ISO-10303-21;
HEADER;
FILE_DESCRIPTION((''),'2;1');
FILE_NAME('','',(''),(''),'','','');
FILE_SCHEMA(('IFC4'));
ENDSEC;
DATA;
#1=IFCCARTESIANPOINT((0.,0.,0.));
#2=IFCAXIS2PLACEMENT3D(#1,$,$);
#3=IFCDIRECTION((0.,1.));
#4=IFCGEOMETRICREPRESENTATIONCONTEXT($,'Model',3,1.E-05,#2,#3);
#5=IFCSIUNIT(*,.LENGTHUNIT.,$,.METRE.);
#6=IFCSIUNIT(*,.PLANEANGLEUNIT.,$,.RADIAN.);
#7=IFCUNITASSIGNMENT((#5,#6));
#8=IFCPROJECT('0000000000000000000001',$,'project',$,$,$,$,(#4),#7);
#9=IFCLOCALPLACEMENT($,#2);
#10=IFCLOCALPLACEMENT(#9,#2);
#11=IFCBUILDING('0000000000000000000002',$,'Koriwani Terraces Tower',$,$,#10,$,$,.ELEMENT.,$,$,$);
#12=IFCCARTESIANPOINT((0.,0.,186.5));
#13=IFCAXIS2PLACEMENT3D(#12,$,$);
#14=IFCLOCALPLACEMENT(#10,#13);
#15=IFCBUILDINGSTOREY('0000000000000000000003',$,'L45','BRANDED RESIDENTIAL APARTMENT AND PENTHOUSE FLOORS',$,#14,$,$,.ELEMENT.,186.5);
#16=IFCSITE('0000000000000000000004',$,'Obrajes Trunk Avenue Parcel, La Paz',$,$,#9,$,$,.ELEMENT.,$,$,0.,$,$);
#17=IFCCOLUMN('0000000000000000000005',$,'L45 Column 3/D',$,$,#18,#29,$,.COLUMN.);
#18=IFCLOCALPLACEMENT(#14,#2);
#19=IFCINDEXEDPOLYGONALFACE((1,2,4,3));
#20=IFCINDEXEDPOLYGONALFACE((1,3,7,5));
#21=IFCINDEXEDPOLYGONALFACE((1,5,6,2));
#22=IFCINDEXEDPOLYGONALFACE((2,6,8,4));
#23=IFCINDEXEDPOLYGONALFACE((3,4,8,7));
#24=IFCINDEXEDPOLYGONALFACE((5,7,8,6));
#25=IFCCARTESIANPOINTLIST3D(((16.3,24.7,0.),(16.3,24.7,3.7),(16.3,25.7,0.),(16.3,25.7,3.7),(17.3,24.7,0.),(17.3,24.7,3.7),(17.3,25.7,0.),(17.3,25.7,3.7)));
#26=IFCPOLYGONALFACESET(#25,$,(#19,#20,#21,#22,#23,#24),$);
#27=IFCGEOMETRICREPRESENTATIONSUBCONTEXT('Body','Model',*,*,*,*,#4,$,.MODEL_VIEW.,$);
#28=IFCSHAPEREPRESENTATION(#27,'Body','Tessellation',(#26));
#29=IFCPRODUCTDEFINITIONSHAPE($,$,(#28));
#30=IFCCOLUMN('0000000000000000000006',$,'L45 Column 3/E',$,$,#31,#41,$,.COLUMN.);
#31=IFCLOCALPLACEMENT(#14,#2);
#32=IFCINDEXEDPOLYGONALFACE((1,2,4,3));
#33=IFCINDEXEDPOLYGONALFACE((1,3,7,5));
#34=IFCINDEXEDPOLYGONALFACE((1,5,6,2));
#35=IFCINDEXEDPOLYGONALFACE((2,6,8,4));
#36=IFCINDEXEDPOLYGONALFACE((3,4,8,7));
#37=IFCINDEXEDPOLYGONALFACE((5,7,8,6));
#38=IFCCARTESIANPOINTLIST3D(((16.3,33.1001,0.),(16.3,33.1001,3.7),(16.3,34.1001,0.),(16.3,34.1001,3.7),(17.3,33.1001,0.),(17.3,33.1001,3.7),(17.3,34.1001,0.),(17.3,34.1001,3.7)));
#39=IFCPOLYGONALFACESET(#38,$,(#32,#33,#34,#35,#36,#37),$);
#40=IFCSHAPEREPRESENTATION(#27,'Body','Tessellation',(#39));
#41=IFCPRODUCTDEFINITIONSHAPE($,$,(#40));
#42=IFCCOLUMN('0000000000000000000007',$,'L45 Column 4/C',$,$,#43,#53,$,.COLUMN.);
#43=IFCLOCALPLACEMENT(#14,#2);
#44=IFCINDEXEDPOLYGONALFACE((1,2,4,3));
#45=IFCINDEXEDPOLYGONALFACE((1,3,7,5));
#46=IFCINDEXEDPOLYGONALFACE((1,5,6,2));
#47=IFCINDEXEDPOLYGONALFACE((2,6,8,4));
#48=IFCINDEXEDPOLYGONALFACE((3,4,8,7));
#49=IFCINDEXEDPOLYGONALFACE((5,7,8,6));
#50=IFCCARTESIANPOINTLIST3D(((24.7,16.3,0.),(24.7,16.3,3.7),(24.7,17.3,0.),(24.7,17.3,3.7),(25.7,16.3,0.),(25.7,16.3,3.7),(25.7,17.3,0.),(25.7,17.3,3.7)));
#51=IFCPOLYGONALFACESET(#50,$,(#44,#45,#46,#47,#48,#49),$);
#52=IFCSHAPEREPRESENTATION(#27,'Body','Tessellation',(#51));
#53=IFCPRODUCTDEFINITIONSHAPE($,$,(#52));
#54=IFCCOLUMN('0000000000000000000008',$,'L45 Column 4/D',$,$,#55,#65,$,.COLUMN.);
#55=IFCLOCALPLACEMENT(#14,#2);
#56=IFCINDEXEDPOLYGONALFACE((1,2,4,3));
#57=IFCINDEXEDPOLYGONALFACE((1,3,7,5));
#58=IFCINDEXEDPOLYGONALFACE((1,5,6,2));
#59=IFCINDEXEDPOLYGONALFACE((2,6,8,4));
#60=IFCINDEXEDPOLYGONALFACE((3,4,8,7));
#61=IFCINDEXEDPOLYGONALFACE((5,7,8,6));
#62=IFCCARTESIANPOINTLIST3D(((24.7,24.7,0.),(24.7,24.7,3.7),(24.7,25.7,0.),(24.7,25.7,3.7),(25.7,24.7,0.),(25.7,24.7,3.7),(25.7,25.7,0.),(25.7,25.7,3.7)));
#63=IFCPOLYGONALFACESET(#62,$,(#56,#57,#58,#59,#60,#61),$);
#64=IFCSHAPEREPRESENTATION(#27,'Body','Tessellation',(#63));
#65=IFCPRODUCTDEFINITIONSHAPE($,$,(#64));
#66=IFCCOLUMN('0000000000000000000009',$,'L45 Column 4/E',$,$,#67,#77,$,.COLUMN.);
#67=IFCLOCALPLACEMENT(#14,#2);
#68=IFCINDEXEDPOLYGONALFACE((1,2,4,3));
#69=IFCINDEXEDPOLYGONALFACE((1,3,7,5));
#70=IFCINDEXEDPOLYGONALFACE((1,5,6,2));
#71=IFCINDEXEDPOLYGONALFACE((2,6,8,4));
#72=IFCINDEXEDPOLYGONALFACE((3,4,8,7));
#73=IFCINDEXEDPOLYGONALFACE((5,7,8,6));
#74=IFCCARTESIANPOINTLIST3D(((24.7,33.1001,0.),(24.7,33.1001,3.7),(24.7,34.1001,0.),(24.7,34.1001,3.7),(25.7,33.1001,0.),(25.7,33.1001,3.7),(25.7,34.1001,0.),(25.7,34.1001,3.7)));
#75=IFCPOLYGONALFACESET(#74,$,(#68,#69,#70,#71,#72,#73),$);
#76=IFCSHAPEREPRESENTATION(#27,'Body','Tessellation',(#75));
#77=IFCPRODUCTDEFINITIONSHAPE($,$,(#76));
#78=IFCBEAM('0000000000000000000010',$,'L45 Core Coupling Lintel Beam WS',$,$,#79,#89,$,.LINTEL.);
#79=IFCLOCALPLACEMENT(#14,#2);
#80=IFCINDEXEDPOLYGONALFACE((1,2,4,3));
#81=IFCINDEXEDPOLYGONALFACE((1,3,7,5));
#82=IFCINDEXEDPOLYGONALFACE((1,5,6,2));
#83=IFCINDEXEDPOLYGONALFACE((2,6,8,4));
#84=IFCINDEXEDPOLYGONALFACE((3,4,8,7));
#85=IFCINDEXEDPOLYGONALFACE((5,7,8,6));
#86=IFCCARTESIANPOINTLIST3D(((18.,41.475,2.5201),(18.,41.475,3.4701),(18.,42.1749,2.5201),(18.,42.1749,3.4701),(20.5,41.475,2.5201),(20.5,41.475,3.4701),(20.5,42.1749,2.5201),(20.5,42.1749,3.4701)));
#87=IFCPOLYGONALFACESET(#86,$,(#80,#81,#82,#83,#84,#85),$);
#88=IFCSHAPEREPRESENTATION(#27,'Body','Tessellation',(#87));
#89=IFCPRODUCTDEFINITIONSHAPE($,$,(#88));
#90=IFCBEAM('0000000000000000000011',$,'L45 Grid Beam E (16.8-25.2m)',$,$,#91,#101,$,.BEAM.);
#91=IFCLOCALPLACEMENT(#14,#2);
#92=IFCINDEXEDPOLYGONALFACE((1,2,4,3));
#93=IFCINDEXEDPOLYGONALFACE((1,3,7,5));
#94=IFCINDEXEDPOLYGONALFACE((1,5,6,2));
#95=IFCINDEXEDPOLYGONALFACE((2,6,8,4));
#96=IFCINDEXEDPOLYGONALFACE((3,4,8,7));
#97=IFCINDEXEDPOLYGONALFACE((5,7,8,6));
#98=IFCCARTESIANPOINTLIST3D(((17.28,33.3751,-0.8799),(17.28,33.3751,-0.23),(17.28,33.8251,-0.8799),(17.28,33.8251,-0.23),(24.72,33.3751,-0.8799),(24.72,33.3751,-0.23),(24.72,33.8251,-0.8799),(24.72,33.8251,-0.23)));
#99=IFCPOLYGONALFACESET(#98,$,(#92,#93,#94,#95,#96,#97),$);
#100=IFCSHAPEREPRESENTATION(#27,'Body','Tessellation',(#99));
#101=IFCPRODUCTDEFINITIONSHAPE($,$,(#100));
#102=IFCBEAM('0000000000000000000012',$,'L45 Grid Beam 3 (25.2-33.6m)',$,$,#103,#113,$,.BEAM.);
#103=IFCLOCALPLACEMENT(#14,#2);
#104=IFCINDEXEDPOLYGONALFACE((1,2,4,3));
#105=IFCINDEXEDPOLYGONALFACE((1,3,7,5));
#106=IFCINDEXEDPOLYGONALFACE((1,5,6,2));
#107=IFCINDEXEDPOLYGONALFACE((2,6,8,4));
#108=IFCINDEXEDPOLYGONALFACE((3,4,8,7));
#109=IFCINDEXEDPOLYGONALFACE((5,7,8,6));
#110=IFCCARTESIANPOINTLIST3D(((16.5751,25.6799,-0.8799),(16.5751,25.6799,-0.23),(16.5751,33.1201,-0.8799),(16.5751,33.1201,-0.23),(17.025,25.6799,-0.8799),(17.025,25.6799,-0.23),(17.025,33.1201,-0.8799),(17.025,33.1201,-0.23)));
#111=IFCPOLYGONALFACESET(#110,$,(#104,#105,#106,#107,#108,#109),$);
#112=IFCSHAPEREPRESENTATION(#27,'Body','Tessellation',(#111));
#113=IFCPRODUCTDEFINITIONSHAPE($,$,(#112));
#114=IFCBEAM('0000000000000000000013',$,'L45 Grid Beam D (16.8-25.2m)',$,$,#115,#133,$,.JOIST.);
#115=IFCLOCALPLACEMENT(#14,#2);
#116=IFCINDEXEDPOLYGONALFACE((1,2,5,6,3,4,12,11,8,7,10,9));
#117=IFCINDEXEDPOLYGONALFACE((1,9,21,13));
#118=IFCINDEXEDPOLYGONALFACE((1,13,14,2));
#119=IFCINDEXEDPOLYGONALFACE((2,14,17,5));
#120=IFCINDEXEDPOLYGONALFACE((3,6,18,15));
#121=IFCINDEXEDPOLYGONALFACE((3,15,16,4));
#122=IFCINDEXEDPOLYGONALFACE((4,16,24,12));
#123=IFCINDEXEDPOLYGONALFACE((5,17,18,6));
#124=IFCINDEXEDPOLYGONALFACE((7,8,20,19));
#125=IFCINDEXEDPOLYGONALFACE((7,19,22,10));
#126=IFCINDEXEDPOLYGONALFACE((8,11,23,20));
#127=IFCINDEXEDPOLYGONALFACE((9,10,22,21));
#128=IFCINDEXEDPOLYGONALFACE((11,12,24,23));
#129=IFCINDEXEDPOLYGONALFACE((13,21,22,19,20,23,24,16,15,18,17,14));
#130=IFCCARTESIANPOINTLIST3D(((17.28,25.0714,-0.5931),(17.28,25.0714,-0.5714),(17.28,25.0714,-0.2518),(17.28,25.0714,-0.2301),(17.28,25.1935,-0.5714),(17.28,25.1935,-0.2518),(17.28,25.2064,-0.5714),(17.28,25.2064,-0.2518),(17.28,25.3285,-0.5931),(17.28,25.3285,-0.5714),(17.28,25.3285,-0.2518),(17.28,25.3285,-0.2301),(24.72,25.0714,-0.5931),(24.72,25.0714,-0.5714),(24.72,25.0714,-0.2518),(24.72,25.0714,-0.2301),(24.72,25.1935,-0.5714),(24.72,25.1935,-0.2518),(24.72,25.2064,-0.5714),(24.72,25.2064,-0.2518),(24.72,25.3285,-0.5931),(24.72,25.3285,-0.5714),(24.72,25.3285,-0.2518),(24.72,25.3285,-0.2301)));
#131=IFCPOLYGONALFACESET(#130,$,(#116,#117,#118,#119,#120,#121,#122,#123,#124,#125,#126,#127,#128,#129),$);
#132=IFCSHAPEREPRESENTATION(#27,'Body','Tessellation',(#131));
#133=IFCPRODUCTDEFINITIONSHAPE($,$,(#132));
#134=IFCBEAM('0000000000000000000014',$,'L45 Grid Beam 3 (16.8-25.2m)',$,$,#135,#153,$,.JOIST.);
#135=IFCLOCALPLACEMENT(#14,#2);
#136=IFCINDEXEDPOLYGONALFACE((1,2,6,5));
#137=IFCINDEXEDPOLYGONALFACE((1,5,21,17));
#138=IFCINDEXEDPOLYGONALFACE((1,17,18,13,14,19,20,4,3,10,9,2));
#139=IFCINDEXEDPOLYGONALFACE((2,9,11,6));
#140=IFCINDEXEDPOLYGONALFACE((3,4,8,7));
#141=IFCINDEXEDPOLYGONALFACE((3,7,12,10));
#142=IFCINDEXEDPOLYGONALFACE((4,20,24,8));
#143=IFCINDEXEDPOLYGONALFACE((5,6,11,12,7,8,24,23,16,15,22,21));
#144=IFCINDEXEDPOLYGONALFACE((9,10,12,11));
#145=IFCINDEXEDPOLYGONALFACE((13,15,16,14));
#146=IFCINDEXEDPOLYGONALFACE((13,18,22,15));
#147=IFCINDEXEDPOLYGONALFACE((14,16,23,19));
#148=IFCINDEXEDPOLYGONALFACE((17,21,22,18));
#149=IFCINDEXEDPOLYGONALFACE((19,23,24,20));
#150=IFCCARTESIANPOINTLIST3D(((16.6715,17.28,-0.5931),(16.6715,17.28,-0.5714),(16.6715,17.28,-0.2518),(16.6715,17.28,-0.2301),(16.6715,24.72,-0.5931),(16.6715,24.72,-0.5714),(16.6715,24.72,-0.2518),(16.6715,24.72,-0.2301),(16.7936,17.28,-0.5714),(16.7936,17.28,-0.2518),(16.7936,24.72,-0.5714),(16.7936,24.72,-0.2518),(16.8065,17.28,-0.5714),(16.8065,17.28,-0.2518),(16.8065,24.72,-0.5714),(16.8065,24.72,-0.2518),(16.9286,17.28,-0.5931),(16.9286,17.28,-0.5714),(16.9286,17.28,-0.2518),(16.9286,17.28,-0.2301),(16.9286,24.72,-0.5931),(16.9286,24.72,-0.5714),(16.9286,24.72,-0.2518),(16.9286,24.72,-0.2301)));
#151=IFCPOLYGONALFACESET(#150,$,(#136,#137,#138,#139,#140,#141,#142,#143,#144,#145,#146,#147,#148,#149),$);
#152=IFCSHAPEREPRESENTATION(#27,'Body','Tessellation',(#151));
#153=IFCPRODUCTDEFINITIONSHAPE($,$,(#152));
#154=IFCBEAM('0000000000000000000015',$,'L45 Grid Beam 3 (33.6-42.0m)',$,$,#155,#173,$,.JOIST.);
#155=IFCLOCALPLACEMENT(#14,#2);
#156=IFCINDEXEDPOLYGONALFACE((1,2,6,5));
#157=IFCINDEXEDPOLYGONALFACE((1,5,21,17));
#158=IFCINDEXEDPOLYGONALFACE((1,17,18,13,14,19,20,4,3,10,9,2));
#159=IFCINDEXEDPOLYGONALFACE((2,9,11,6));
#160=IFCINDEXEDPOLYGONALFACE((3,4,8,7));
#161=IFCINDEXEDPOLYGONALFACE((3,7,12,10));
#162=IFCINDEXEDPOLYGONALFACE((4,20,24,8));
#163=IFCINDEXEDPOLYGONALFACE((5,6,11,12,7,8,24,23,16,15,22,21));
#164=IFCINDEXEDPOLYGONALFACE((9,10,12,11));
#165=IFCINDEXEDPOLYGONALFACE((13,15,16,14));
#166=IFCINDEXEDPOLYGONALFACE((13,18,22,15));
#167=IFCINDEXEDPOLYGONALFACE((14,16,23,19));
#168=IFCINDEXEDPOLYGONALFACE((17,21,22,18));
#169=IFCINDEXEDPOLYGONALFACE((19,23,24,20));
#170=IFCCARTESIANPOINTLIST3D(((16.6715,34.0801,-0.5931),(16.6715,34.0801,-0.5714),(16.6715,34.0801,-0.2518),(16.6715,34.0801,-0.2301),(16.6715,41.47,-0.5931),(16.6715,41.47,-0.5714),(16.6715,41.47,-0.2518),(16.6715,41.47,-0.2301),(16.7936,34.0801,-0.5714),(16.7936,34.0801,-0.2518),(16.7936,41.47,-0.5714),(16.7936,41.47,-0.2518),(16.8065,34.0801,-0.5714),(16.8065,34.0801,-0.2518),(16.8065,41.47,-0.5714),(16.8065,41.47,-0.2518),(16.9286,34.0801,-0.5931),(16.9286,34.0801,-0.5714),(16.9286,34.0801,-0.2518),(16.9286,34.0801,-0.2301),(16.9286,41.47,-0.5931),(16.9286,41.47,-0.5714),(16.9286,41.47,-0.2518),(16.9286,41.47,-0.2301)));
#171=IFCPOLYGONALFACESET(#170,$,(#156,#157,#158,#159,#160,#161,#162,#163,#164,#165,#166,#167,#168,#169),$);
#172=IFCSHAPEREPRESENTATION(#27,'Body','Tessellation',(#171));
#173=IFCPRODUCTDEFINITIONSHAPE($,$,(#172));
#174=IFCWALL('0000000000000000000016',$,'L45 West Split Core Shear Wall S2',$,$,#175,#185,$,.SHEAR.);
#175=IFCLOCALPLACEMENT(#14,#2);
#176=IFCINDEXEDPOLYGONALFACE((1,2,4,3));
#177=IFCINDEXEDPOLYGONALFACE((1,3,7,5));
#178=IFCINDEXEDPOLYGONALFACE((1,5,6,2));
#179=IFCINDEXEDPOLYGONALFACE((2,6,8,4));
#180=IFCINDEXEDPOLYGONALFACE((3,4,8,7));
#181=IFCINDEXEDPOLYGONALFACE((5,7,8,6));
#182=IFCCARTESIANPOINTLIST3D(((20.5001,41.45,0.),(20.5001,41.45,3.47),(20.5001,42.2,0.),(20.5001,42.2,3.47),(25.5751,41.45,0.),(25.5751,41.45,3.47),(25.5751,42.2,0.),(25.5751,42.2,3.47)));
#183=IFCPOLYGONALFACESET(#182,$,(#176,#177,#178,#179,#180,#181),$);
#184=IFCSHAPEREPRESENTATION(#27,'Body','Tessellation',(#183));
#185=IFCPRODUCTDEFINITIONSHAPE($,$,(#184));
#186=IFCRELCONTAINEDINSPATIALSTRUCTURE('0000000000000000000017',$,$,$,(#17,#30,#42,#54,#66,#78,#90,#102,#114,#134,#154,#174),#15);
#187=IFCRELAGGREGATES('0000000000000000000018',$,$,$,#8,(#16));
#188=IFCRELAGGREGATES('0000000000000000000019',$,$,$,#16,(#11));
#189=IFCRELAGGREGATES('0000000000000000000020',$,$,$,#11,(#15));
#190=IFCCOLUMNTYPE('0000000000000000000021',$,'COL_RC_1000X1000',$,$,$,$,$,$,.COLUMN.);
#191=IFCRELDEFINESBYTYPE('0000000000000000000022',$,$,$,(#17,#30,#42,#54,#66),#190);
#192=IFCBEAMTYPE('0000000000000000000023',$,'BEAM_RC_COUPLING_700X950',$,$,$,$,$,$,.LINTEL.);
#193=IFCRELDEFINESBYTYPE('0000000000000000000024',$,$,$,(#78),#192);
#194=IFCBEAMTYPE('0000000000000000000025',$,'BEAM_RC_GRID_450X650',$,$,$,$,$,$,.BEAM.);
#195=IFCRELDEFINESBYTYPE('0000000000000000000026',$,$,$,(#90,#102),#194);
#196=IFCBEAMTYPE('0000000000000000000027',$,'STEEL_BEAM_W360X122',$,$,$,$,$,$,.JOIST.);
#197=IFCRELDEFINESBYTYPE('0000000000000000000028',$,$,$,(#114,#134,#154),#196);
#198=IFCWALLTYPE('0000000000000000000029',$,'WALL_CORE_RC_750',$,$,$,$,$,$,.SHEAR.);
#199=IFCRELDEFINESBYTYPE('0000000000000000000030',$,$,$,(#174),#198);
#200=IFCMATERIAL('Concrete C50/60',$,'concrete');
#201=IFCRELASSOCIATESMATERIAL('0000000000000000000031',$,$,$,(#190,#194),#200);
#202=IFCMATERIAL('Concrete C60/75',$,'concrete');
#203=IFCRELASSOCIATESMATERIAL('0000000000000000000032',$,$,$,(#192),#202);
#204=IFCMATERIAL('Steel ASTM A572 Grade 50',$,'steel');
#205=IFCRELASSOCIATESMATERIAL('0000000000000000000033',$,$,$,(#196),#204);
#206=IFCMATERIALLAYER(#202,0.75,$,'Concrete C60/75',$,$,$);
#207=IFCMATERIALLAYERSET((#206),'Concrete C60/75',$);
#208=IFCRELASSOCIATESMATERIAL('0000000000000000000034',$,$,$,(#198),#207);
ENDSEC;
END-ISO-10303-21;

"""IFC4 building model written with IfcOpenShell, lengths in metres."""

from ifc_helpers import new_model, si_unit, direction, frame, frame_2d, origin, origin_2d, place, context, subcontext, project, spatial, rectangle, i_section, extrude, material, layer, layer_set, material_profile, profile_set, type_object, element, save


model = new_model("IFC4")

# Units and contexts
model_context = context("Model", 3, precision=1e-05, world=origin(), true_north=direction((0.0, 1.0)))
body_context = subcontext(model_context, "Body", "Model", "MODEL_VIEW")
ifc_project = project(units=[si_unit("LENGTHUNIT", "METRE"), si_unit("PLANEANGLEUNIT", "RADIAN")], contexts=[model_context])

# Site, building, storey
site_placement = place(None, origin())
site = spatial("IfcSite", under=ifc_project, at=site_placement, Name="Obrajes Trunk Avenue Parcel, La Paz", CompositionType="ELEMENT", RefElevation=0.0)
building_placement = place(site_placement, origin())
building = spatial("IfcBuilding", under=site, at=building_placement, Name="Koriwani Terraces Tower", CompositionType="ELEMENT")
storey_placement = place(building_placement, frame((0.0, 0.0, 186.5)))
storey = spatial("IfcBuildingStorey", under=building, at=storey_placement, Name="L45", Description="BRANDED RESIDENTIAL APARTMENT AND PENTHOUSE FLOORS", CompositionType="ELEMENT", Elevation=186.5)

# Columns
ifc_material_1 = material(Name="Concrete C50/60", Category="concrete")
ifc_material_profile_1 = material_profile(ifc_material_1, rectangle(XDim=1.0, YDim=1.0, at=origin_2d()), Name="Concrete C50/60", Category="LoadBearing")
ifc_profile_set_1 = profile_set([ifc_material_profile_1], Name="Concrete C50/60")
column_type = type_object("IfcColumnType", Name="COL_RC_1000X1000", PredefinedType="COLUMN", material=ifc_profile_set_1)
for number, where, z_axis, x_axis, name in (
    (1, (16.8, 25.2, 0.0), (0.0, 0.0, 1.0), (1.0, 0.0, 0.0), "L45 Column 3/D"),
    (2, (16.8, 33.6001, 0.0), (0.0, 0.0, 1.0), (1.0, 0.0, 0.0), "L45 Column 3/E"),
    (3, (25.2, 16.8, 0.0), (0.0, 0.0, 1.0), (1.0, 0.0, 0.0), "L45 Column 4/C"),
    (4, (25.2, 25.2, 0.0), (0.0, 0.0, 1.0), (1.0, 0.0, 0.0), "L45 Column 4/D"),
    (5, (25.2, 33.6001, 0.0), (0.0, 0.0, 1.0), (1.0, 0.0, 0.0), "L45 Column 4/E"),
):
    element("IfcColumn", number, at=place(storey_placement, frame(where, z_axis=z_axis, x_axis=x_axis)), inside=storey, type_object=column_type, Name=name, PredefinedType="COLUMN", context=body_context, shape_type="SweptSolid", body=[
        extrude(rectangle(XDim=1.0, YDim=1.0, at=origin_2d()), origin(), (0.0, 0.0, 1.0), 3.7),
    ])

# Beams
ifc_material_2 = material(Name="Concrete C60/75", Category="concrete")
ifc_material_profile_2 = material_profile(ifc_material_2, rectangle(XDim=0.7, YDim=0.95, at=origin_2d()), Name="Concrete C60/75", Category="LoadBearing")
ifc_profile_set_2 = profile_set([ifc_material_profile_2], Name="Concrete C60/75")
beam_type_1 = type_object("IfcBeamType", Name="BEAM_RC_COUPLING_700X950", PredefinedType="LINTEL", material=ifc_profile_set_2)
beam_1_placement = place(storey_placement, frame((18.0, 41.825, 2.9951), z_axis=(1.0, 0.0, 0.0), x_axis=(0.0, 1.0, 0.0)))
element("IfcBeam", 6, at=beam_1_placement, inside=storey, type_object=beam_type_1, Name="L45 Core Coupling Lintel Beam WS", PredefinedType="LINTEL", context=body_context, shape_type="SweptSolid", body=[
    extrude(rectangle(XDim=0.7, YDim=0.95, at=origin_2d()), origin(), (0.0, 0.0, 1.0), 2.5),
])
ifc_material_profile_3 = material_profile(ifc_material_1, rectangle(XDim=0.45, YDim=0.6499, at=origin_2d()), Name="Concrete C50/60", Category="LoadBearing")
ifc_profile_set_3 = profile_set([ifc_material_profile_3], Name="Concrete C50/60")
beam_type_2 = type_object("IfcBeamType", Name="BEAM_RC_GRID_450X650", PredefinedType="BEAM", material=ifc_profile_set_3)
beam_2_placement = place(storey_placement, frame((17.28, 33.6001, -0.5549), z_axis=(1.0, 0.0, 0.0), x_axis=(0.0, 1.0, 0.0)))
element("IfcBeam", 7, at=beam_2_placement, inside=storey, type_object=beam_type_2, Name="L45 Grid Beam E (16.8-25.2m)", PredefinedType="BEAM", context=body_context, shape_type="SweptSolid", body=[
    extrude(rectangle(XDim=0.45, YDim=0.6499, at=origin_2d()), origin(), (0.0, 0.0, 1.0), 7.4399),
])
beam_3_placement = place(storey_placement, frame((16.8, 25.6799, -0.5549), z_axis=(0.0, 1.0, 0.0), x_axis=(-1.0, 0.0, 0.0)))
element("IfcBeam", 8, at=beam_3_placement, inside=storey, type_object=beam_type_2, Name="L45 Grid Beam 3 (25.2-33.6m)", PredefinedType="BEAM", context=body_context, shape_type="SweptSolid", body=[
    extrude(rectangle(XDim=0.45, YDim=0.6499, at=origin_2d()), origin(), (0.0, 0.0, 1.0), 7.4402),
])
ifc_material_3 = material(Name="Steel ASTM A572 Grade 50", Category="steel")
ifc_material_profile_4 = material_profile(ifc_material_3, i_section(OverallWidth=0.2571, OverallDepth=0.363, WebThickness=0.0129, FlangeThickness=0.0217, at=origin_2d()), Name="Steel ASTM A572 Grade 50", Category="LoadBearing")
ifc_profile_set_4 = profile_set([ifc_material_profile_4], Name="Steel ASTM A572 Grade 50")
beam_type_3 = type_object("IfcBeamType", Name="STEEL_BEAM_W360X122", PredefinedType="JOIST", material=ifc_profile_set_4)
for number, where, z_axis, x_axis, name in (
    (9, (17.28, 25.2, -0.4116), (1.0, 0.0, 0.0), (0.0, 1.0, 0.0), "L45 Grid Beam D (16.8-25.2m)"),
    (10, (16.8, 17.28, -0.4116), (0.0, 1.0, 0.0), (-1.0, 0.0, 0.0), "L45 Grid Beam 3 (16.8-25.2m)"),
):
    element("IfcBeam", number, at=place(storey_placement, frame(where, z_axis=z_axis, x_axis=x_axis)), inside=storey, type_object=beam_type_3, Name=name, PredefinedType="JOIST", context=body_context, shape_type="SweptSolid", body=[
        extrude(i_section(OverallWidth=0.2571, OverallDepth=0.363, WebThickness=0.0129, FlangeThickness=0.0217, at=origin_2d()), origin(), (0.0, 0.0, 1.0), 7.4399),
    ])
beam_4_placement = place(storey_placement, frame((16.8, 34.0801, -0.4116), z_axis=(0.0, 1.0, 0.0), x_axis=(-1.0, 0.0, 0.0)))
element("IfcBeam", 11, at=beam_4_placement, inside=storey, type_object=beam_type_3, Name="L45 Grid Beam 3 (33.6-42.0m)", PredefinedType="JOIST", context=body_context, shape_type="SweptSolid", body=[
    extrude(i_section(OverallWidth=0.2571, OverallDepth=0.363, WebThickness=0.0129, FlangeThickness=0.0217, at=origin_2d()), origin(), (0.0, 0.0, 1.0), 7.3899),
])

# Wall
ifc_layer_1 = layer(ifc_material_2, 0.75, Name="Concrete C60/75")
ifc_layer_set_1 = layer_set([ifc_layer_1], Name="Concrete C60/75")
wall_type_1 = type_object("IfcWallType", Name="WALL_CORE_RC_750", PredefinedType="SHEAR", material=ifc_layer_set_1)
wall_1_placement = place(storey_placement, frame((20.5, 41.825, 0.0), z_axis=(0.0, 0.0, 1.0), x_axis=(1.0, 0.0, 0.0)))
element("IfcWall", 12, at=wall_1_placement, inside=storey, type_object=wall_type_1, Name="L45 West Split Core Shear Wall S2", PredefinedType="SHEAR", context=body_context, shape_type="SweptSolid", body=[
    extrude(rectangle(XDim=5.075, YDim=0.75, at=frame_2d((2.5376, 0.0))), origin(), (0.0, 0.0, 1.0), 3.47),
])

save(model, "model.ifc")
